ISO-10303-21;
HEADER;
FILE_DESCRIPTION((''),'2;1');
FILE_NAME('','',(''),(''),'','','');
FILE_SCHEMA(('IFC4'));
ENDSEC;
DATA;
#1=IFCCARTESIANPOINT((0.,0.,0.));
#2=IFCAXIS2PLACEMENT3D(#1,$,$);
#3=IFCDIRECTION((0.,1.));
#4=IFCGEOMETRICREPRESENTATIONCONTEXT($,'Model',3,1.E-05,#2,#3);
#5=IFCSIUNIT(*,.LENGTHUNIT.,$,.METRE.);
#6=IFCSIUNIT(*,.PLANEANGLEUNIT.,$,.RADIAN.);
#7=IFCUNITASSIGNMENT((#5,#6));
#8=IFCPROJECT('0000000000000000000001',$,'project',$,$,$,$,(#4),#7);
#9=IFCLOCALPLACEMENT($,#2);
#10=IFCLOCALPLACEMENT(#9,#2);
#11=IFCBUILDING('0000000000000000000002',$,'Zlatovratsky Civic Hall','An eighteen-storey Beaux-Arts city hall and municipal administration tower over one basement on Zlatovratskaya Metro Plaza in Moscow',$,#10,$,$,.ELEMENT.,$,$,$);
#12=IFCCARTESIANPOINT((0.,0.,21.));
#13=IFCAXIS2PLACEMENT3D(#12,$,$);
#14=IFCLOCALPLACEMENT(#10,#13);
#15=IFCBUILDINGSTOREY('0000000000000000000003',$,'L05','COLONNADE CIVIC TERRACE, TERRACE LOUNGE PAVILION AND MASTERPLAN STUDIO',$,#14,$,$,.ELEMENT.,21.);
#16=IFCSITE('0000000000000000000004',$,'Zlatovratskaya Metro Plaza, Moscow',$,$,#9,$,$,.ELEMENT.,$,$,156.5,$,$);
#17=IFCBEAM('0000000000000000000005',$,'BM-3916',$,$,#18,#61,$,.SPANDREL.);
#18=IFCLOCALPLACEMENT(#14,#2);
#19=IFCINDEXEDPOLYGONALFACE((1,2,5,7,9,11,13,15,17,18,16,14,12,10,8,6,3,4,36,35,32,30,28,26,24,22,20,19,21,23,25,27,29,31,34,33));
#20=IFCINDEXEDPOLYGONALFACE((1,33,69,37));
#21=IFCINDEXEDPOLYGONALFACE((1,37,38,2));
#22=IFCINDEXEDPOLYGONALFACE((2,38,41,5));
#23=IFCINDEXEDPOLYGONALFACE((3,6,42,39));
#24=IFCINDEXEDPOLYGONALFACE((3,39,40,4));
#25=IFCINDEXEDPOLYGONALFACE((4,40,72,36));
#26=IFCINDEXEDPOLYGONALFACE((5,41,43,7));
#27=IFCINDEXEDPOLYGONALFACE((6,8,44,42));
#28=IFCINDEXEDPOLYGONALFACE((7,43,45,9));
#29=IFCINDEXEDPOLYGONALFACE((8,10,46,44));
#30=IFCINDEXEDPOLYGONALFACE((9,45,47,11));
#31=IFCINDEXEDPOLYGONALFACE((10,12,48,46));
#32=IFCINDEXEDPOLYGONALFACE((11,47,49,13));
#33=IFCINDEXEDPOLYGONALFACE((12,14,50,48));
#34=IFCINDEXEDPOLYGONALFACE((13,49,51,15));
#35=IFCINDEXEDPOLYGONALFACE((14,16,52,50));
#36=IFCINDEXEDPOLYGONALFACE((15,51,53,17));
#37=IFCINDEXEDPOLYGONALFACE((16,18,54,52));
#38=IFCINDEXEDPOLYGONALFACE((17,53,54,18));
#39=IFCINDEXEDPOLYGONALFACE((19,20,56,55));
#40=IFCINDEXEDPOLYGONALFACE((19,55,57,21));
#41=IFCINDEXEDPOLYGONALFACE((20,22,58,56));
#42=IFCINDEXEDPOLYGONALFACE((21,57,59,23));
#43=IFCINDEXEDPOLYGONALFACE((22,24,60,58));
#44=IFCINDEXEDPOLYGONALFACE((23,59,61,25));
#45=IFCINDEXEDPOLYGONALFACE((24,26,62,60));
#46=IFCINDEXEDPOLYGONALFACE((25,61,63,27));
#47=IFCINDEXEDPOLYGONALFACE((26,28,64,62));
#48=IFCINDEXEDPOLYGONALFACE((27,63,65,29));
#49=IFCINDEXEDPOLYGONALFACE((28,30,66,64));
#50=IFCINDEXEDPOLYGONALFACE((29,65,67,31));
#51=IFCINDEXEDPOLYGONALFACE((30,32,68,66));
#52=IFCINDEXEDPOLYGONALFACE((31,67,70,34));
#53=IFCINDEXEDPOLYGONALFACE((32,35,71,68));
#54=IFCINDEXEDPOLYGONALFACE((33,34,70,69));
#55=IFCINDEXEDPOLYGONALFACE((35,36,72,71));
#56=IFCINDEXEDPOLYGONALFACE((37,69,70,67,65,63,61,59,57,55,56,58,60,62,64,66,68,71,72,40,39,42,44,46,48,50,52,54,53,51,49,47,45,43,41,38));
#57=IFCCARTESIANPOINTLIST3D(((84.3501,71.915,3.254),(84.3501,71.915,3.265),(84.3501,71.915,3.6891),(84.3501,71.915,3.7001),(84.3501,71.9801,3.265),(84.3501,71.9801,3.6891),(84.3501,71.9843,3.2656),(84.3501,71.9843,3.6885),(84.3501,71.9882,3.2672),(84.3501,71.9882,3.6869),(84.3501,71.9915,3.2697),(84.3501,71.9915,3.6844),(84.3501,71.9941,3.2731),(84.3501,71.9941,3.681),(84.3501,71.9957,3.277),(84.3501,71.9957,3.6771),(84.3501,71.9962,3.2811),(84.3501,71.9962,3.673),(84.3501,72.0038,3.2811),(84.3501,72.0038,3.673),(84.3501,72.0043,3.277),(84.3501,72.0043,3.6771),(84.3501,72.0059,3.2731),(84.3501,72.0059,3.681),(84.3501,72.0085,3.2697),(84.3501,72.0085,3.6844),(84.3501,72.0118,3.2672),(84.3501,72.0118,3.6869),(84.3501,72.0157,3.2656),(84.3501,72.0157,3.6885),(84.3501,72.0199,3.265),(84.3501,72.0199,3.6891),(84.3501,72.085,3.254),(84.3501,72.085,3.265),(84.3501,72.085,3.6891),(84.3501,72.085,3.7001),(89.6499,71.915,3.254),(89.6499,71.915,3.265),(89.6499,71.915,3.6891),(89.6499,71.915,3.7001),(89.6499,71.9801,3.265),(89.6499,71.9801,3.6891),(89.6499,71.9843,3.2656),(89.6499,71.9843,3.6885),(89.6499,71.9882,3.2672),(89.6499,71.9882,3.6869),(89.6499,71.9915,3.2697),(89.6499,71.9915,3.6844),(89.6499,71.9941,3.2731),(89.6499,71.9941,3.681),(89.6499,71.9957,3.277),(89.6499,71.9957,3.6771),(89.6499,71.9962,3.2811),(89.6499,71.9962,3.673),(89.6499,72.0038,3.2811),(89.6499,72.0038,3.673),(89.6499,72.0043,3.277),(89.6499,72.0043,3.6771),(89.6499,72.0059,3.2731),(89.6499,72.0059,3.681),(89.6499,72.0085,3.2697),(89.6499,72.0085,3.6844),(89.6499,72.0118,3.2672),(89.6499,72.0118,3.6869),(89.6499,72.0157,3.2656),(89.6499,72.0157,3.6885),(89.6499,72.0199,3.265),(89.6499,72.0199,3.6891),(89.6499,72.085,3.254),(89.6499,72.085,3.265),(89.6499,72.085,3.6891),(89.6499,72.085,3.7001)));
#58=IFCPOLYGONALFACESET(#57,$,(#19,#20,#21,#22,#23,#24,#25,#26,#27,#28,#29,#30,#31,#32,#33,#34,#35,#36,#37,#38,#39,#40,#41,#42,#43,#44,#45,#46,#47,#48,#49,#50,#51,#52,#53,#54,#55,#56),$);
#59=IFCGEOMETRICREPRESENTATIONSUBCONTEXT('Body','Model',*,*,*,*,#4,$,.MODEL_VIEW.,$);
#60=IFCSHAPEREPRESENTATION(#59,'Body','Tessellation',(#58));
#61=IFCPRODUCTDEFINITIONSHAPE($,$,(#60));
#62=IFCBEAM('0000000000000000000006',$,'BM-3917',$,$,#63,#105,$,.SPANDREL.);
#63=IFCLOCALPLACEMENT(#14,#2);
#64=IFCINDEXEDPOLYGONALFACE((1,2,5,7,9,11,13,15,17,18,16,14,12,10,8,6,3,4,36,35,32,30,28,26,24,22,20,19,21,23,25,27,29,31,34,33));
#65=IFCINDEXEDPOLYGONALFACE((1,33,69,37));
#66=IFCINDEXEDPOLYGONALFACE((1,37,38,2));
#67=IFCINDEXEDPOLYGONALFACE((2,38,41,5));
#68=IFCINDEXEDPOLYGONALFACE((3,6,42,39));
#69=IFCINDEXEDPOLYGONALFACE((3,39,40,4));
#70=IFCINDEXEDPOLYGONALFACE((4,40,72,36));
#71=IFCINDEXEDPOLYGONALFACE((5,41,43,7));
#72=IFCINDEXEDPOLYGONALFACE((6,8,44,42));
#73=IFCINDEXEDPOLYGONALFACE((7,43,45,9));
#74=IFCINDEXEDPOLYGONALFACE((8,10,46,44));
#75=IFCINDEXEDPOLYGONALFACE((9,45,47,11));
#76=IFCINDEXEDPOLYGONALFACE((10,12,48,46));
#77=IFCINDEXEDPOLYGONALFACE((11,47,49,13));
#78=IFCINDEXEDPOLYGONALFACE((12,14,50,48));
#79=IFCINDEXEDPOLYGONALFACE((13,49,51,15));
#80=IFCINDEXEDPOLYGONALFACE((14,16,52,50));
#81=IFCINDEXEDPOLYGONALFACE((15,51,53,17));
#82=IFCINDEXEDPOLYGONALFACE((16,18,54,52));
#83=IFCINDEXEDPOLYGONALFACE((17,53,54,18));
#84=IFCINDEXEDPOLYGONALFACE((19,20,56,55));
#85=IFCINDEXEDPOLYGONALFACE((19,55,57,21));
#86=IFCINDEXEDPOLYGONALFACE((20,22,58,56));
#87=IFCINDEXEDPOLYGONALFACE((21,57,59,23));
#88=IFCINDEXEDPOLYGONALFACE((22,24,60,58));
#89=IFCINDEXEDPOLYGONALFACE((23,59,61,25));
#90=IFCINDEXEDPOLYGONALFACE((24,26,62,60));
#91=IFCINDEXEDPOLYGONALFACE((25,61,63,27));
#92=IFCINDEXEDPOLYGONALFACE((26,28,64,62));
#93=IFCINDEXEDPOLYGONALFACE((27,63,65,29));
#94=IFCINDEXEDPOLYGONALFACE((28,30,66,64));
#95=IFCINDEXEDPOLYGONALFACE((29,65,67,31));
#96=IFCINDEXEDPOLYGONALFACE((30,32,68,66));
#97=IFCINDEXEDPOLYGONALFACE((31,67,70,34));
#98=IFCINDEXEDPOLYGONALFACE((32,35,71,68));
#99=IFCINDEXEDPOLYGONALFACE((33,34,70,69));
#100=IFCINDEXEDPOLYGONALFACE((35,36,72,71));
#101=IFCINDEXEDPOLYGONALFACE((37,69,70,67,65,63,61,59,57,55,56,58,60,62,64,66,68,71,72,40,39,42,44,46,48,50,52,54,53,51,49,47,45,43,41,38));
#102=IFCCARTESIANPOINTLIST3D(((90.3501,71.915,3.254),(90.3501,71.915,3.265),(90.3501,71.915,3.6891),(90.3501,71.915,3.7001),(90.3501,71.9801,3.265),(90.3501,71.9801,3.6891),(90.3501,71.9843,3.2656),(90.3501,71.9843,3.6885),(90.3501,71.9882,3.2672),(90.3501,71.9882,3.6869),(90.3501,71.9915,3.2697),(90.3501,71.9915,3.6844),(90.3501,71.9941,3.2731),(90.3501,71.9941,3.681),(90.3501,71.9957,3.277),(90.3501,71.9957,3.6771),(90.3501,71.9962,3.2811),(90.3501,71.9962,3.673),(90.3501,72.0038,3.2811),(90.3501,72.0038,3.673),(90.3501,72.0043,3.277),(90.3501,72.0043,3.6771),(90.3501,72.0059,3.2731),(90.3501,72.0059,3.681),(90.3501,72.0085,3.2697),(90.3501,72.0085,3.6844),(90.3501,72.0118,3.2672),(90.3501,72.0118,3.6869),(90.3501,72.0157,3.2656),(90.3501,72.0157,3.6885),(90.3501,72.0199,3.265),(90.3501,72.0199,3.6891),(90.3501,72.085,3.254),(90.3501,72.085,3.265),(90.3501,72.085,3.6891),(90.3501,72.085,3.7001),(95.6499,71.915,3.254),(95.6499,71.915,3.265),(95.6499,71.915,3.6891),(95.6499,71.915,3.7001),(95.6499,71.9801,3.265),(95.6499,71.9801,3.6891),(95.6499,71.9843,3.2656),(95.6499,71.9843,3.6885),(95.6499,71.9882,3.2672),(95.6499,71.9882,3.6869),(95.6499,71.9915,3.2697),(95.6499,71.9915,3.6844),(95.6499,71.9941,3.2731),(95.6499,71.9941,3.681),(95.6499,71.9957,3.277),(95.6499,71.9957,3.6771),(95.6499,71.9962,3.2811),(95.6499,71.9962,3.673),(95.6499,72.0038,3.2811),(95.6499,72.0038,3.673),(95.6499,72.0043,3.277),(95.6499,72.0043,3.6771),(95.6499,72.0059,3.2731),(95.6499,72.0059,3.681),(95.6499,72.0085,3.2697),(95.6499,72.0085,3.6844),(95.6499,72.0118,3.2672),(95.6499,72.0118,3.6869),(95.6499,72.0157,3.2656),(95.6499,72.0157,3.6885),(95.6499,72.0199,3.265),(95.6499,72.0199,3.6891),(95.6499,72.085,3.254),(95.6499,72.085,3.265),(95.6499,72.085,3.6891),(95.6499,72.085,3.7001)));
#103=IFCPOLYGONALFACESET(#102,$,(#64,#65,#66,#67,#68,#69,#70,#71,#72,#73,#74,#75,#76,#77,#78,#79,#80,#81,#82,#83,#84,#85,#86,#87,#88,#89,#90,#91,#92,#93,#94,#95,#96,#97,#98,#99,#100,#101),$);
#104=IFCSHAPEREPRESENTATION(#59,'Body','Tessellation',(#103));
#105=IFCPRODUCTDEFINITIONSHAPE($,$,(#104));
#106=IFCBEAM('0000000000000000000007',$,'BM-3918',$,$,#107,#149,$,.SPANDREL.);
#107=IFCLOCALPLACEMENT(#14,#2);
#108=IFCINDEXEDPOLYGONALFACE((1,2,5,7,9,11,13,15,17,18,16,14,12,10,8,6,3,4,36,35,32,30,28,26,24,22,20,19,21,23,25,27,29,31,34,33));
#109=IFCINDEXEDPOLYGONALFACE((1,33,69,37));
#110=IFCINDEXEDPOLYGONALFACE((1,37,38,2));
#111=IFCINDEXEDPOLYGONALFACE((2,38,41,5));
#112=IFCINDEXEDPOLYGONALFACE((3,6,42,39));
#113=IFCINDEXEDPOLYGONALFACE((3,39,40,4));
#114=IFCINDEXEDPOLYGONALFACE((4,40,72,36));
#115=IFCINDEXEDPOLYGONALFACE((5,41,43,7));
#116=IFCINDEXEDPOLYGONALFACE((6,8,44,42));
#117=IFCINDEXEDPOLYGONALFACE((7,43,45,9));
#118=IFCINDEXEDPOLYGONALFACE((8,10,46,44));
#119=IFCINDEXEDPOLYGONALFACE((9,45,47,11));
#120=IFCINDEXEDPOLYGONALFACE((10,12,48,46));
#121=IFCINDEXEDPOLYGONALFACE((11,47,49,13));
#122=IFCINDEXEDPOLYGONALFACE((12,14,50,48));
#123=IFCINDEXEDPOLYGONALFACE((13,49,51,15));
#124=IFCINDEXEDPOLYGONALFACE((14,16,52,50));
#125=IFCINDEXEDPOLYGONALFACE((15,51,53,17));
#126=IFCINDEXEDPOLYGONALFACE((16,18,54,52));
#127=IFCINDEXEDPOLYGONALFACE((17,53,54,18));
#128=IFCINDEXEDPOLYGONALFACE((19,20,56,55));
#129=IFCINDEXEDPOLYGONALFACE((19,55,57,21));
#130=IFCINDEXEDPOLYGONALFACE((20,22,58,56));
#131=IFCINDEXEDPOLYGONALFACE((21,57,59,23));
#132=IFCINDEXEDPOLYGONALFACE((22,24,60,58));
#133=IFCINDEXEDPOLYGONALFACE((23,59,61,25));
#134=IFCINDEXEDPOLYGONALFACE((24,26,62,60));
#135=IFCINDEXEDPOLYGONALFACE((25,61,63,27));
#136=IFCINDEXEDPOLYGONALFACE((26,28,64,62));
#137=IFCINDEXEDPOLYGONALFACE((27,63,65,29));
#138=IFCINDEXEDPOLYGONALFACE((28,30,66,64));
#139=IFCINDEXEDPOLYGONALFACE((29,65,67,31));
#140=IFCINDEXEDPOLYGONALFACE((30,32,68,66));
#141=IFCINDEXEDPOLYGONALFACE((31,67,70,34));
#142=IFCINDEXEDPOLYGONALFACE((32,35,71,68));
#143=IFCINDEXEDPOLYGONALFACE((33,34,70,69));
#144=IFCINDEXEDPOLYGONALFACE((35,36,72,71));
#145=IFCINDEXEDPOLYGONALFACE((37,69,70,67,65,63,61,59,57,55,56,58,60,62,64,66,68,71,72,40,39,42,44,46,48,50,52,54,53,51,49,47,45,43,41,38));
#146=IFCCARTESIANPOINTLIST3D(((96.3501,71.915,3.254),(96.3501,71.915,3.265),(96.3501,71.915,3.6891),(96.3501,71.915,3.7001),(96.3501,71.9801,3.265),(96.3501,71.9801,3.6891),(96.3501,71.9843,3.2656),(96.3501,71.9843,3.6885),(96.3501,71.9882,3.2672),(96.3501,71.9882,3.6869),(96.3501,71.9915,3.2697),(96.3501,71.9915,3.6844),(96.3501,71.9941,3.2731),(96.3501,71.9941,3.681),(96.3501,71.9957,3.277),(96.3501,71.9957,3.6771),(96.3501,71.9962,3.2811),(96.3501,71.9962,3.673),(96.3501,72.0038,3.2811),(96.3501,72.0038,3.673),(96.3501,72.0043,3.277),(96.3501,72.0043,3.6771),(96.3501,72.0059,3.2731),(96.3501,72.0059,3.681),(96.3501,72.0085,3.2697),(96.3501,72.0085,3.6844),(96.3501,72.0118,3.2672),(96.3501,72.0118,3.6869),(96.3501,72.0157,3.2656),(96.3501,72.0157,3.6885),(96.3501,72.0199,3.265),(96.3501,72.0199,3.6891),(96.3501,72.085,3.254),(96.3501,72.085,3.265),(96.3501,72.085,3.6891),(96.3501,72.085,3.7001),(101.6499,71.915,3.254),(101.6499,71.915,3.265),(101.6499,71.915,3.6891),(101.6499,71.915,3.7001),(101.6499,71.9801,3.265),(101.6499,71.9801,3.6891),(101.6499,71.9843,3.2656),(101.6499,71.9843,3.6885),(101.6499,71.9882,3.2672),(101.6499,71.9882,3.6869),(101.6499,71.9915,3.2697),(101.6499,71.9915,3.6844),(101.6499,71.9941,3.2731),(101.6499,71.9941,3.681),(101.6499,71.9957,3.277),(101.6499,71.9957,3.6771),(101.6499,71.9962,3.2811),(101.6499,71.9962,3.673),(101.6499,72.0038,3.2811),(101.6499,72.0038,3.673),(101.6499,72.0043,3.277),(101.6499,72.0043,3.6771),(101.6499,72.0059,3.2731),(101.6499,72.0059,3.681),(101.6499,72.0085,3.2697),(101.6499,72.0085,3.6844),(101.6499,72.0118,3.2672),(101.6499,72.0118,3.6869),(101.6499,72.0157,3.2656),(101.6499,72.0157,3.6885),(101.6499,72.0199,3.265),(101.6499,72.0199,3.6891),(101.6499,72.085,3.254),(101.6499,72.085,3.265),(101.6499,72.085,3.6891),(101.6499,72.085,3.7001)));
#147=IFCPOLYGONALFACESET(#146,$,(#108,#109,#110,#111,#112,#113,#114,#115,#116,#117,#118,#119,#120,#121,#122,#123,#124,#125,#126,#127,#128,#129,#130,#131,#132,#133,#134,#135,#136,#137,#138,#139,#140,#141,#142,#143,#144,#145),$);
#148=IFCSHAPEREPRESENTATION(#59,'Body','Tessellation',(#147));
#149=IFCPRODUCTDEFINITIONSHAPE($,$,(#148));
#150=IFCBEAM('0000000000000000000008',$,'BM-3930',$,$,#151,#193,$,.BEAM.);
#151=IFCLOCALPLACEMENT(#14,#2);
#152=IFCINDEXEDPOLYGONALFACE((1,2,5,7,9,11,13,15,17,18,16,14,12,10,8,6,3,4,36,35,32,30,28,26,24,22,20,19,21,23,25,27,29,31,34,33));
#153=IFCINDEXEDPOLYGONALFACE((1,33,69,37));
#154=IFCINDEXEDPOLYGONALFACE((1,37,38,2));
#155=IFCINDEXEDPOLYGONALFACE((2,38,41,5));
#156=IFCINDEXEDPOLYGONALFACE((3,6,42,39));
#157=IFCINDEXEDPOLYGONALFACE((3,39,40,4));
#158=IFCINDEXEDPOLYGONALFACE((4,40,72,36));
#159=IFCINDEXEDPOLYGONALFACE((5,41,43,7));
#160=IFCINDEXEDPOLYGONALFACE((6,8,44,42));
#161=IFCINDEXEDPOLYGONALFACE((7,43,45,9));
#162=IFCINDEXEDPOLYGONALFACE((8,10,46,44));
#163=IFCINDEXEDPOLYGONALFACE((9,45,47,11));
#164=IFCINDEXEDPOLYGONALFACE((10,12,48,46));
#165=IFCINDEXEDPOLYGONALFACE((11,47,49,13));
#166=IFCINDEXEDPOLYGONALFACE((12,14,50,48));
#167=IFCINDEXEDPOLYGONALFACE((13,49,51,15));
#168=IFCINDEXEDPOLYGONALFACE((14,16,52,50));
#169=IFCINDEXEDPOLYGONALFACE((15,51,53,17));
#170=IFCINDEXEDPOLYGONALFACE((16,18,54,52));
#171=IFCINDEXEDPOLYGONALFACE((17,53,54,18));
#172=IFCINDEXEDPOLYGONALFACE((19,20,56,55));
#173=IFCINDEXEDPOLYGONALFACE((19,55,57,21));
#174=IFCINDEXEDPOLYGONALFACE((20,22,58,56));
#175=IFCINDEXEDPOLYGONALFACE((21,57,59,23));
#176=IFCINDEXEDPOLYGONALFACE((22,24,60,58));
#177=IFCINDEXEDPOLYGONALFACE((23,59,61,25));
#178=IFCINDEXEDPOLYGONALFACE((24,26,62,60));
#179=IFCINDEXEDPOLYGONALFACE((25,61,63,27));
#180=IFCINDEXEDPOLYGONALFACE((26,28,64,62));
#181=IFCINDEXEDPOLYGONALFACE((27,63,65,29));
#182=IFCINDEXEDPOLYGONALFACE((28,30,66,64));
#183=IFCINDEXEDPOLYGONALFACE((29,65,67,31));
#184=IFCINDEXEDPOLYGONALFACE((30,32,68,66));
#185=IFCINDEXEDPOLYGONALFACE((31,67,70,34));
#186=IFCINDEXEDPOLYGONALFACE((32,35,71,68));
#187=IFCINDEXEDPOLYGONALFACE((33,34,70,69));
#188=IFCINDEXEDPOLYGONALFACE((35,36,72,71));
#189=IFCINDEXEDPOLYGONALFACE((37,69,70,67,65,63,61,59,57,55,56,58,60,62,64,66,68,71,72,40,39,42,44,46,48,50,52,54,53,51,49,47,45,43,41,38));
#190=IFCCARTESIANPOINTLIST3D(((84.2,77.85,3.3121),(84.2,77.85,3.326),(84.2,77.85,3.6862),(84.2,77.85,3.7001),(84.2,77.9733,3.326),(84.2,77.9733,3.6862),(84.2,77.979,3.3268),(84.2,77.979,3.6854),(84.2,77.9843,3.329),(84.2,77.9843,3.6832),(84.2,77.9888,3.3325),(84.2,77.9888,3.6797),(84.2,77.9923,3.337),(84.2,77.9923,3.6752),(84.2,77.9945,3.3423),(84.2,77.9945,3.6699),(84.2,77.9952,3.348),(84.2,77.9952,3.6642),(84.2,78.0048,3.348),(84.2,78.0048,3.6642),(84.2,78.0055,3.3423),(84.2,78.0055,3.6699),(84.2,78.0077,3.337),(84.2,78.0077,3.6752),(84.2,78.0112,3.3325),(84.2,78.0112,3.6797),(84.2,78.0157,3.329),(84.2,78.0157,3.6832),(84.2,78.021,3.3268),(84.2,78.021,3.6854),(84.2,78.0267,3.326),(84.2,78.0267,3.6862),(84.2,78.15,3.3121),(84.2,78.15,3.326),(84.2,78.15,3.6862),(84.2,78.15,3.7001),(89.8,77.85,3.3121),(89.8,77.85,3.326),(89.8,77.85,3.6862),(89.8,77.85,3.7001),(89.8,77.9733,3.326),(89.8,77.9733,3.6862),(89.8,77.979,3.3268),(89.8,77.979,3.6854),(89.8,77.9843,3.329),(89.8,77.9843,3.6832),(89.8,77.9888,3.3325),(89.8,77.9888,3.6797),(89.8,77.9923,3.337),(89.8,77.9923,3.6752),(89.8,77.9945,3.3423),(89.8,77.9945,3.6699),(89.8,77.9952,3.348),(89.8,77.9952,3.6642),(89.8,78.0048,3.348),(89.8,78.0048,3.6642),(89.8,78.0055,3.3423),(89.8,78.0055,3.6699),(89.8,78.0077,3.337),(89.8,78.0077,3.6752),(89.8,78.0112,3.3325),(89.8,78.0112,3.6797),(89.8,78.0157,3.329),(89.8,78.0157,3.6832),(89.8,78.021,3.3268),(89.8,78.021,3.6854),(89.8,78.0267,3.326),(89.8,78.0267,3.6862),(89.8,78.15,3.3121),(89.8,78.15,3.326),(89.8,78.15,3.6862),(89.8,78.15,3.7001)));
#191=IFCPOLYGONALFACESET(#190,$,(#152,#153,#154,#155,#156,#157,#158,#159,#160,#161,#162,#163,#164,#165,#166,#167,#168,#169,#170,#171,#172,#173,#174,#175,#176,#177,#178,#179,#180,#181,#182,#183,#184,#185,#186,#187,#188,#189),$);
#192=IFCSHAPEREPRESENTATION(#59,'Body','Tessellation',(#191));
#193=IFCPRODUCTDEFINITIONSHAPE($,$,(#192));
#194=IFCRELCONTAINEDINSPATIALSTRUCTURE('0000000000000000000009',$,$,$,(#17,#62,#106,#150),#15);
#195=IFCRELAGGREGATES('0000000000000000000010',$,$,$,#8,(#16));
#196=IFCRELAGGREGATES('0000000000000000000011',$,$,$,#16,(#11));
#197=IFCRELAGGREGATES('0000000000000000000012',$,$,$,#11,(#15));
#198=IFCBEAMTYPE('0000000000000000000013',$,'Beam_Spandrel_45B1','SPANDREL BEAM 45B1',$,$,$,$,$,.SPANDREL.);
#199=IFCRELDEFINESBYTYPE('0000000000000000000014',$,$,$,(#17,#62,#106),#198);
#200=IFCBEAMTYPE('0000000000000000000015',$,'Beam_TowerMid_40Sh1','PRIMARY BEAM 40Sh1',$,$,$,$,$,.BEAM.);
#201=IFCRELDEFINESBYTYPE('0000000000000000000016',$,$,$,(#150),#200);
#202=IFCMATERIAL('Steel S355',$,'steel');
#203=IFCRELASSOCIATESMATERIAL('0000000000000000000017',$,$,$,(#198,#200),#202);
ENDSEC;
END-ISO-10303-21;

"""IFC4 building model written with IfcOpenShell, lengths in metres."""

from ifc_helpers import new_model, si_unit, direction, frame, origin, origin_2d, place, context, subcontext, project, spatial, i_section, extrude, material, material_profile, profile_set, type_object, element, save


model = new_model("IFC4")

# Units and contexts
model_context = context("Model", 3, precision=1e-05, world=origin(), true_north=direction((0.0, 1.0)))
body_context = subcontext(model_context, "Body", "Model", "MODEL_VIEW")
ifc_project = project(units=[si_unit("LENGTHUNIT", "METRE"), si_unit("PLANEANGLEUNIT", "RADIAN")], contexts=[model_context])

# Site, building, storey
site_placement = place(None, origin())
site = spatial("IfcSite", under=ifc_project, at=site_placement, Name="Zlatovratskaya Metro Plaza, Moscow", CompositionType="ELEMENT", RefElevation=156.5)
building_placement = place(site_placement, origin())
building = spatial("IfcBuilding", under=site, at=building_placement, Name="Zlatovratsky Civic Hall", Description="An eighteen-storey Beaux-Arts city hall and municipal administration tower over one basement on Zlatovratskaya Metro Plaza in Moscow", CompositionType="ELEMENT")
storey_placement = place(building_placement, frame((0.0, 0.0, 21.0)))
storey = spatial("IfcBuildingStorey", under=building, at=storey_placement, Name="L05", Description="COLONNADE CIVIC TERRACE, TERRACE LOUNGE PAVILION AND MASTERPLAN STUDIO", CompositionType="ELEMENT", Elevation=21.0)

# Shared definitions
ifc_material_1 = material(Name="Steel S355", Category="steel")

# Beams
ifc_material_profile_1 = material_profile(ifc_material_1, i_section(OverallWidth=0.1699, OverallDepth=0.446, WebThickness=0.0076, FlangeThickness=0.011, FilletRadius=0.0161, at=origin_2d()), Name="45B1")
ifc_profile_set_1 = profile_set([ifc_material_profile_1], Name="Steel S355")
beam_type_1 = type_object("IfcBeamType", Name="Beam_Spandrel_45B1", Description="SPANDREL BEAM 45B1", PredefinedType="SPANDREL", material=ifc_profile_set_1)
for number, where, z_axis, x_axis, name in (
    (1, (84.3501, 72.0, 3.4771), (1.0, 0.0, 0.0), (0.0, 1.0, 0.0), "BM-3916"),
    (2, (90.3501, 72.0, 3.4771), (1.0, 0.0, 0.0), (0.0, 1.0, 0.0), "BM-3917"),
    (3, (96.3501, 72.0, 3.4771), (1.0, 0.0, 0.0), (0.0, 1.0, 0.0), "BM-3918"),
):
    element("IfcBeam", number, at=place(storey_placement, frame(where, z_axis=z_axis, x_axis=x_axis)), inside=storey, type_object=beam_type_1, Name=name, PredefinedType="SPANDREL", context=body_context, shape_type="SweptSolid", body=[
        extrude(i_section(OverallWidth=0.1699, OverallDepth=0.446, WebThickness=0.0076, FlangeThickness=0.011, FilletRadius=0.0161, at=origin_2d()), origin(), (0.0, 0.0, 1.0), 5.2998),
    ])
ifc_material_profile_2 = material_profile(ifc_material_1, i_section(OverallWidth=0.3, OverallDepth=0.3879, WebThickness=0.0095, FlangeThickness=0.0139, FilletRadius=0.022, at=origin_2d()), Name="40Sh1")
ifc_profile_set_2 = profile_set([ifc_material_profile_2], Name="Steel S355")
beam_type_2 = type_object("IfcBeamType", Name="Beam_TowerMid_40Sh1", Description="PRIMARY BEAM 40Sh1", PredefinedType="BEAM", material=ifc_profile_set_2)
for number, where, z_axis, x_axis, name in (
    (4, (84.2, 78.0, 3.5061), (1.0, 0.0, 0.0), (0.0, 1.0, 0.0), "BM-3930"),
):
    element("IfcBeam", number, at=place(storey_placement, frame(where, z_axis=z_axis, x_axis=x_axis)), inside=storey, type_object=beam_type_2, Name=name, PredefinedType="BEAM", context=body_context, shape_type="SweptSolid", body=[
        extrude(i_section(OverallWidth=0.3, OverallDepth=0.3879, WebThickness=0.0095, FlangeThickness=0.0139, FilletRadius=0.022, at=origin_2d()), origin(), (0.0, 0.0, 1.0), 5.6001),
    ])

save(model, "model.ifc")
